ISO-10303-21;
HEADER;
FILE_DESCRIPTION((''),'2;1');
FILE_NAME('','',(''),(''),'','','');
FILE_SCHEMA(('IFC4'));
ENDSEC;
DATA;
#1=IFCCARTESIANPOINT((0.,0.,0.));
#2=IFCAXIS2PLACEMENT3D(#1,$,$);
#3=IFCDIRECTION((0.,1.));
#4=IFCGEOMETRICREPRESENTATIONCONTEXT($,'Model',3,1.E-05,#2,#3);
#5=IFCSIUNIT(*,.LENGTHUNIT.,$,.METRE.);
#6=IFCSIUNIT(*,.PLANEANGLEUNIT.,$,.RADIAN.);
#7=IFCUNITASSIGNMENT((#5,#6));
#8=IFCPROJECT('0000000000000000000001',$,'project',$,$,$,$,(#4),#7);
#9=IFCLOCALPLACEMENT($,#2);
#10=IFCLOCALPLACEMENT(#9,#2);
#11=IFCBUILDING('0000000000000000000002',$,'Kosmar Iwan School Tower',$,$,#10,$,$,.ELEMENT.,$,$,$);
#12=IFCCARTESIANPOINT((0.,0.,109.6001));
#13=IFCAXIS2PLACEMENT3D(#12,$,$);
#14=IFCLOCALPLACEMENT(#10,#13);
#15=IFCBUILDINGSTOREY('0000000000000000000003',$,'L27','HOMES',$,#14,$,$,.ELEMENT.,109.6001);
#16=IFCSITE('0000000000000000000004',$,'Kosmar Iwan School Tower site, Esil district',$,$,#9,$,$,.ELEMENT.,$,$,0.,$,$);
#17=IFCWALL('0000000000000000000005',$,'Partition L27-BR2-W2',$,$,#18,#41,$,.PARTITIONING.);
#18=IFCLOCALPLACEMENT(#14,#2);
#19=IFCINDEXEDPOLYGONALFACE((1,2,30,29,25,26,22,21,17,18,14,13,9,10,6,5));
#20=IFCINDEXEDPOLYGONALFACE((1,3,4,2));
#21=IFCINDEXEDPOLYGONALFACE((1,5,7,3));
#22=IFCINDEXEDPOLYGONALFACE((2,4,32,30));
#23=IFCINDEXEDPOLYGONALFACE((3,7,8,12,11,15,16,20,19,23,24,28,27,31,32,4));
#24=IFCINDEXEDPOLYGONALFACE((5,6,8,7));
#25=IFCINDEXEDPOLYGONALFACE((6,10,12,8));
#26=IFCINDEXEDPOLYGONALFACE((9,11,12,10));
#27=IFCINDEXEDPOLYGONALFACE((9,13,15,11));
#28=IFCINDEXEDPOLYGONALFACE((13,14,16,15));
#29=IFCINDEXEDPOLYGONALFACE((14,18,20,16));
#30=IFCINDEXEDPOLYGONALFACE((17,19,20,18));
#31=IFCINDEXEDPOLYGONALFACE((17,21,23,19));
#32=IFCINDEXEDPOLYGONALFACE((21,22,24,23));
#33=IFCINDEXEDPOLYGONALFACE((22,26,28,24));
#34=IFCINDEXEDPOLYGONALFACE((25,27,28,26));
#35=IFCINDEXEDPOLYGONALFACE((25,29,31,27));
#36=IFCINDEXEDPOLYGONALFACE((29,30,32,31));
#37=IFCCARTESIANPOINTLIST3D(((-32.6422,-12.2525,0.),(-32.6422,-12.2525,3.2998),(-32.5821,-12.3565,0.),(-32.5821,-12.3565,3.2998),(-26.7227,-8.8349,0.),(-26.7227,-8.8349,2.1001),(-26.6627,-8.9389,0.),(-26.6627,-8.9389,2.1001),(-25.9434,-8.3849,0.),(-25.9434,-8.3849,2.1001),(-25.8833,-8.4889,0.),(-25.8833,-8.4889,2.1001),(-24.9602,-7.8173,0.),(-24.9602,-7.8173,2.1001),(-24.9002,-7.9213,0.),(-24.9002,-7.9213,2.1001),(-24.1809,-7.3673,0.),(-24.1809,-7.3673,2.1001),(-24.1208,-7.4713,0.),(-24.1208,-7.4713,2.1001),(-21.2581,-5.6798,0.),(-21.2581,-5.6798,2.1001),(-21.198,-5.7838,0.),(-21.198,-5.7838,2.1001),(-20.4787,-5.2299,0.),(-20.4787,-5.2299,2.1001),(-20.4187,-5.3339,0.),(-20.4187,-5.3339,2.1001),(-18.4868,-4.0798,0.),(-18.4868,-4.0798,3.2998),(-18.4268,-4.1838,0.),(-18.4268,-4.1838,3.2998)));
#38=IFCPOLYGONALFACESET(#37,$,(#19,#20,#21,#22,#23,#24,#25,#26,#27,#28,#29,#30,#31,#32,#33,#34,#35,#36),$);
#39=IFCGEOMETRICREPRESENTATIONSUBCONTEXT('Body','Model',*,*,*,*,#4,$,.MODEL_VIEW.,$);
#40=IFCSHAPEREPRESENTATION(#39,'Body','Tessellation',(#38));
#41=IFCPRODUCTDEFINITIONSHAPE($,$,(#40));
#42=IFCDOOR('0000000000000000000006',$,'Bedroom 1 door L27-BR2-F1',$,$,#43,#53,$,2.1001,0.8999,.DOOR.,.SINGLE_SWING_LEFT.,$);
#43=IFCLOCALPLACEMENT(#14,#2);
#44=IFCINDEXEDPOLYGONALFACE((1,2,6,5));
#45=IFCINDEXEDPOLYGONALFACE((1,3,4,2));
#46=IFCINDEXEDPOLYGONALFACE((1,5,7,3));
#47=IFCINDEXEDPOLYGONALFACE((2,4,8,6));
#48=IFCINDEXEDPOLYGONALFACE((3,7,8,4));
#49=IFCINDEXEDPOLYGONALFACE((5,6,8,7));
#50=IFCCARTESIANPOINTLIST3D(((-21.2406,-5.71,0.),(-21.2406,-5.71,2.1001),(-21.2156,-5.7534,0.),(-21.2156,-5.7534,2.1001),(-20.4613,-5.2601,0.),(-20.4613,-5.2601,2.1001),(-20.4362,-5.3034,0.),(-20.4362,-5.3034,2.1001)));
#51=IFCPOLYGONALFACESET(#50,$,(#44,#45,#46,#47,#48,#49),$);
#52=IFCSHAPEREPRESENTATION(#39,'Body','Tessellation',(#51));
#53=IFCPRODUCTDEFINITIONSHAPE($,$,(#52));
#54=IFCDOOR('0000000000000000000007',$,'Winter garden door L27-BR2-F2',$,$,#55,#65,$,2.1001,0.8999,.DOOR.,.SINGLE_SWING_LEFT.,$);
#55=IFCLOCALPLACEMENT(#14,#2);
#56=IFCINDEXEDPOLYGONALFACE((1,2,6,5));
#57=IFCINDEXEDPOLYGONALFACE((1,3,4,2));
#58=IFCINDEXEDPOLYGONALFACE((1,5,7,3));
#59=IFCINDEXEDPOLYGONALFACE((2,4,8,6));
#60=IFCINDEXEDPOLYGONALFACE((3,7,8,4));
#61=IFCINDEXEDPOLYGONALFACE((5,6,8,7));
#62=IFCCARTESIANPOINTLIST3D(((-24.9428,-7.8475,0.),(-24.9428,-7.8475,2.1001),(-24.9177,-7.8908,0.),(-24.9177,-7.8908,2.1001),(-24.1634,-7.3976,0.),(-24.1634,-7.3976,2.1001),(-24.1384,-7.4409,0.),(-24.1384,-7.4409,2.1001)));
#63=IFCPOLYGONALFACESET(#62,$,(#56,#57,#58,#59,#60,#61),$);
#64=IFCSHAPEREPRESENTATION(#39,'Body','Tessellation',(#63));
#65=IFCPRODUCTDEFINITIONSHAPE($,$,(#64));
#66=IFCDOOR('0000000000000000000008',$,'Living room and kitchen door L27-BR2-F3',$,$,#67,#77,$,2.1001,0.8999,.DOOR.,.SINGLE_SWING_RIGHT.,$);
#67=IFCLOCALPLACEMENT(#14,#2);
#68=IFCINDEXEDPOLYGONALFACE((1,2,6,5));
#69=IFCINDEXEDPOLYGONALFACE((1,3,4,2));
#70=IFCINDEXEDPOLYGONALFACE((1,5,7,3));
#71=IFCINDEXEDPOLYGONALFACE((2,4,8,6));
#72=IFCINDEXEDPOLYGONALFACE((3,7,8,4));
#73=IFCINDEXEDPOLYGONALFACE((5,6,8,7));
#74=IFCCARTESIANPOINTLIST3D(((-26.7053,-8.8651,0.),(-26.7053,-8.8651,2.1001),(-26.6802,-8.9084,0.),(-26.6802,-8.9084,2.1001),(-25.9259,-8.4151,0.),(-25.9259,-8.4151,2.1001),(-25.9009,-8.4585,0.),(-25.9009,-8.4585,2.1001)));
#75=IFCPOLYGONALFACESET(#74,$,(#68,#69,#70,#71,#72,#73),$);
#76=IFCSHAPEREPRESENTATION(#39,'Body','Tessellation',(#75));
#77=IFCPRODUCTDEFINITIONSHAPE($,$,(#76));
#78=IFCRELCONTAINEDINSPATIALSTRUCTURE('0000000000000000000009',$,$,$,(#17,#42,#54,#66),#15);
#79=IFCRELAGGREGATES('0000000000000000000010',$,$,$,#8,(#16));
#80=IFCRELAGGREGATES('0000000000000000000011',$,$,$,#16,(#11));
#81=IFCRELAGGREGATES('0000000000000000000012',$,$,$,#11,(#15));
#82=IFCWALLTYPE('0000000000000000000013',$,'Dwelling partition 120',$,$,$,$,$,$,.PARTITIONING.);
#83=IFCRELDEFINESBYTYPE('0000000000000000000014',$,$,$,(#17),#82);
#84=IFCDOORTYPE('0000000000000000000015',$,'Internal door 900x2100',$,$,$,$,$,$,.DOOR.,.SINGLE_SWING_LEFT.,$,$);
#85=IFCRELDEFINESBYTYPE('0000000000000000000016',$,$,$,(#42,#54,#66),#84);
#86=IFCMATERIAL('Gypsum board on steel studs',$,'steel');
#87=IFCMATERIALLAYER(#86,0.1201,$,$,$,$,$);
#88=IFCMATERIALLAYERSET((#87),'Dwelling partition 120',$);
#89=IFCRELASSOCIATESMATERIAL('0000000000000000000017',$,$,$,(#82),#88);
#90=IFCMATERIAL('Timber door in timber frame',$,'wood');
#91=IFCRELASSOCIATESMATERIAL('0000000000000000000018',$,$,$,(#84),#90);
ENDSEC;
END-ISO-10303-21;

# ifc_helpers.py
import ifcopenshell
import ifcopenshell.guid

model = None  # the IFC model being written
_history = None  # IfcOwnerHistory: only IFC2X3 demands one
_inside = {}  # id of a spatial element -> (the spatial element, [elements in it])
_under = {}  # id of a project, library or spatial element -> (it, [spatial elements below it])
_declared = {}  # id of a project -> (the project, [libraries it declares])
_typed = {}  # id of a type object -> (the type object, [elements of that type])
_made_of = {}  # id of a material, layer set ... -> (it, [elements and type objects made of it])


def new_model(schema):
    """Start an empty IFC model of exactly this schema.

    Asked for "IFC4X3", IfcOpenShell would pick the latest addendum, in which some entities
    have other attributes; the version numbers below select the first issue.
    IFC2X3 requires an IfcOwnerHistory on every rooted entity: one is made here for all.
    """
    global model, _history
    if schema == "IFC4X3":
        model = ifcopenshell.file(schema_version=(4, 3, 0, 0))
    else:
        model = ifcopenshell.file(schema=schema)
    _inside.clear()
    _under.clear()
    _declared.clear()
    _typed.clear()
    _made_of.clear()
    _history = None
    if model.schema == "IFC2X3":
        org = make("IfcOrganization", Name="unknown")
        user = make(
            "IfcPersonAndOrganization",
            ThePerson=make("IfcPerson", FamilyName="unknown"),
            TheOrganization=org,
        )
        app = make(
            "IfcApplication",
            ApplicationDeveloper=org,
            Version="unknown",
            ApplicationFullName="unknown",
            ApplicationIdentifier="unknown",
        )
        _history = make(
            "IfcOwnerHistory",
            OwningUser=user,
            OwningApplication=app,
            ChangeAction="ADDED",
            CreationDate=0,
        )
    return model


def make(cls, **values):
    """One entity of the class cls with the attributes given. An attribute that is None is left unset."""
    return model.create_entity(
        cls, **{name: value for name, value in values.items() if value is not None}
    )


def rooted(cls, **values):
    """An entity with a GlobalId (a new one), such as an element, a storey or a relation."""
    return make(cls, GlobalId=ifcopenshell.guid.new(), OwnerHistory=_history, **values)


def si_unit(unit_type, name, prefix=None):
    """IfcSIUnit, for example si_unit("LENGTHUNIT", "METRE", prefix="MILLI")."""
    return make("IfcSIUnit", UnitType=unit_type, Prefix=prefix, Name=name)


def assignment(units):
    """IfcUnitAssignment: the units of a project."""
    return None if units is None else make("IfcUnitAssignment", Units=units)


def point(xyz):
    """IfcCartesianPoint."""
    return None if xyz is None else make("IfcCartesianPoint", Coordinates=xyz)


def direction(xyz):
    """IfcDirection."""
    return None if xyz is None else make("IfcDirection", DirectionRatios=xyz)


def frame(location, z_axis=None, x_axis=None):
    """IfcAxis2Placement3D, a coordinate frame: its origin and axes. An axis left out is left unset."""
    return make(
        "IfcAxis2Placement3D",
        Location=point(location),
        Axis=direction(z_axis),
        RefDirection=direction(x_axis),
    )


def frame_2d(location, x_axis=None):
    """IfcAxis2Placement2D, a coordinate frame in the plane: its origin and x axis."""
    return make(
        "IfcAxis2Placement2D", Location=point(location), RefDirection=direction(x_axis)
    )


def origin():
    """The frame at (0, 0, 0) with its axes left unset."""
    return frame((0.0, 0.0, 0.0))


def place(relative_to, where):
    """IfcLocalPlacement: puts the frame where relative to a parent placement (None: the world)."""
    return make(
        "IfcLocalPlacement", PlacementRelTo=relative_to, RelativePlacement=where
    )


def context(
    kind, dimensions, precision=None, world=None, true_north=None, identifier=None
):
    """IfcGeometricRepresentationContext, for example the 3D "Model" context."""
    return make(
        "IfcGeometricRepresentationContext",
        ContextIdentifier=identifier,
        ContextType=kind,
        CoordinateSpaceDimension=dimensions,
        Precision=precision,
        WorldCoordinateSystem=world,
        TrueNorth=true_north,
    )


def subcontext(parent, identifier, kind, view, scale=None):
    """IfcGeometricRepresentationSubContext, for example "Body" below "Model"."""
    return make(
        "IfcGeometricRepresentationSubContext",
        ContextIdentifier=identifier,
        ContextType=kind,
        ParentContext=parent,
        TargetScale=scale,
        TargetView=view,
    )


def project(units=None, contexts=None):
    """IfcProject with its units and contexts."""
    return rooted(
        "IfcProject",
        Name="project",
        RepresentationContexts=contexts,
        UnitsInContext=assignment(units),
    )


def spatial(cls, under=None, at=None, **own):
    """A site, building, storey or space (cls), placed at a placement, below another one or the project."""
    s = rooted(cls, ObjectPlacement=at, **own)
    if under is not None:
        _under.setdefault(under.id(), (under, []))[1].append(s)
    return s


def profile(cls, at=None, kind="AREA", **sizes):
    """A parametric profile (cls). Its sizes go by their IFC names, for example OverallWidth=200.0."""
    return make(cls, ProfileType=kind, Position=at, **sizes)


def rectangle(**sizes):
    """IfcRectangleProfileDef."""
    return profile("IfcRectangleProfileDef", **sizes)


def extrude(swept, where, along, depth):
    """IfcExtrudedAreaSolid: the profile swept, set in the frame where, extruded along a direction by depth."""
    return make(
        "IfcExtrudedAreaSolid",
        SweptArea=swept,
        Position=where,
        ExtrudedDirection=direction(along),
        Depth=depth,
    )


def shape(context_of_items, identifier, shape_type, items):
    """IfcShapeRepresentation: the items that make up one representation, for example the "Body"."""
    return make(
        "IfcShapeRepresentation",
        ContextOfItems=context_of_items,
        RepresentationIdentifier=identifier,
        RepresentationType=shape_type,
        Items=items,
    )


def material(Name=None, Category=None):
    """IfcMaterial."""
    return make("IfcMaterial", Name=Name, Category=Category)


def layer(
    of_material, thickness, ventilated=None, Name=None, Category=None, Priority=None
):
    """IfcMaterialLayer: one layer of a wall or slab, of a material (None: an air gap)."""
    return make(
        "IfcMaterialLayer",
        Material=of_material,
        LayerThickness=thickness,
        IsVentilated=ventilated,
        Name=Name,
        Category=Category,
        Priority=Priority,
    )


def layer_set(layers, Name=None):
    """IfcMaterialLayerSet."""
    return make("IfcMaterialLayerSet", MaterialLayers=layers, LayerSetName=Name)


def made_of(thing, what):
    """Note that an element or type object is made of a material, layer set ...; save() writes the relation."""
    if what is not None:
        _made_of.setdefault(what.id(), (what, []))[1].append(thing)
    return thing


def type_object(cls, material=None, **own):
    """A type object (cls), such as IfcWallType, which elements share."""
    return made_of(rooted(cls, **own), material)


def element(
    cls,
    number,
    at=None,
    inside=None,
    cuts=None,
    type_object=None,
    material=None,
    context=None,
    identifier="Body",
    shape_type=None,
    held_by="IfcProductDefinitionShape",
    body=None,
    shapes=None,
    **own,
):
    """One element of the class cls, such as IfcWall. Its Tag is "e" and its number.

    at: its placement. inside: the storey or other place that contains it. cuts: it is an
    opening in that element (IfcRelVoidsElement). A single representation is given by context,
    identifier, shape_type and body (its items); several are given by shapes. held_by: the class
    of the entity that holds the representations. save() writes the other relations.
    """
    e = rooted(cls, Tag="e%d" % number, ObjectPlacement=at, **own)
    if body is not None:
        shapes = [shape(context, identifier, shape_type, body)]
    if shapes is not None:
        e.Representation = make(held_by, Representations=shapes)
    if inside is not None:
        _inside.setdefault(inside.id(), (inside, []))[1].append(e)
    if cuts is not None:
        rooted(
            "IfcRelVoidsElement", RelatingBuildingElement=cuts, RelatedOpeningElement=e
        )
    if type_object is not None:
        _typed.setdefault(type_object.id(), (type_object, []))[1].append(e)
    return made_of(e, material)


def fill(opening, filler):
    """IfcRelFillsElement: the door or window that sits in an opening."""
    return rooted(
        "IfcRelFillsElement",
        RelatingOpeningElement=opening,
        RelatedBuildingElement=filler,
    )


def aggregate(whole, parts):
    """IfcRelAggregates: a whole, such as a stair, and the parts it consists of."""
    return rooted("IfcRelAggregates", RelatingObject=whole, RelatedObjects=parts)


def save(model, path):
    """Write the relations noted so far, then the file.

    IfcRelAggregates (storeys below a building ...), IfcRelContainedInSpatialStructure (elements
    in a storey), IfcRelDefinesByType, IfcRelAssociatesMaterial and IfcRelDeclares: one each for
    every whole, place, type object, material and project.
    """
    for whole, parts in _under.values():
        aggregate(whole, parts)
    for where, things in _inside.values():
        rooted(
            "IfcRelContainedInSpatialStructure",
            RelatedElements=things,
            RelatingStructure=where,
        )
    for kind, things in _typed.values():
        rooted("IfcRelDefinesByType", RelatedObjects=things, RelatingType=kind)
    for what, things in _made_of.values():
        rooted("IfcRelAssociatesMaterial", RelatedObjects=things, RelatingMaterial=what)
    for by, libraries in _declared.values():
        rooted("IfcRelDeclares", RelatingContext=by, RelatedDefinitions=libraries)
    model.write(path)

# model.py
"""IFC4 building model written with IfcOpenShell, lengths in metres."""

from ifc_helpers import new_model, si_unit, direction, frame, frame_2d, origin, place, context, subcontext, project, spatial, rectangle, extrude, material, layer, layer_set, type_object, element, fill, save


model = new_model("IFC4")

# Units and contexts
model_context = context("Model", 3, precision=1e-05, world=origin(), true_north=direction((0.0, 1.0)))
body_context = subcontext(model_context, "Body", "Model", "MODEL_VIEW")
ifc_project = project(units=[si_unit("LENGTHUNIT", "METRE"), si_unit("PLANEANGLEUNIT", "RADIAN")], contexts=[model_context])

# Site, building, storey
site_placement = place(None, origin())
site = spatial("IfcSite", under=ifc_project, at=site_placement, Name="Kosmar Iwan School Tower site, Esil district", CompositionType="ELEMENT", RefElevation=0.0)
building_placement = place(site_placement, origin())
building = spatial("IfcBuilding", under=site, at=building_placement, Name="Kosmar Iwan School Tower", CompositionType="ELEMENT")
storey_placement = place(building_placement, frame((0.0, 0.0, 109.6001)))
storey = spatial("IfcBuildingStorey", under=building, at=storey_placement, Name="L27", Description="HOMES", CompositionType="ELEMENT", Elevation=109.6001)

# Shared definitions
ifc_material_1 = material(Name="Gypsum board on steel studs", Category="steel")
ifc_layer = layer(ifc_material_1, 0.1201)
ifc_layer_set = layer_set([ifc_layer], Name="Dwelling partition 120")
wall_type = type_object("IfcWallType", Name="Dwelling partition 120", PredefinedType="PARTITIONING", material=ifc_layer_set)

# Wall, openings, doors
ifc_material_2 = material(Name="Timber door in timber frame", Category="wood")
door_type_1 = type_object("IfcDoorType", Name="Internal door 900x2100", OperationType="SINGLE_SWING_LEFT", PredefinedType="DOOR", material=ifc_material_2)
wall_1_placement = place(storey_placement, frame((-18.4568, -4.1318, 0.0), z_axis=(0.0, 0.0, 1.0), x_axis=(-0.866024, -0.500003, 0.0)))
wall_1 = element("IfcWall", 1, at=wall_1_placement, inside=storey, type_object=wall_type, Name="Partition L27-BR2-W2", PredefinedType="PARTITIONING", context=body_context, shape_type="SweptSolid", body=[
    extrude(rectangle(XDim=16.3452, YDim=0.1201, at=frame_2d((8.1726, 0.0))), origin(), (0.0, 0.0, 1.0), 3.2998),
])
opening_1_placement = place(wall_1_placement, frame((2.3, 0.0, 0.0)))
opening_1 = element("IfcOpeningElement", 2, at=opening_1_placement, cuts=wall_1, PredefinedType="OPENING", context=body_context, shape_type="SweptSolid", body=[
    extrude(rectangle(XDim=0.8999, YDim=2.1001, at=frame_2d((0.45, 1.05))), frame((0.0, 0.072, 0.0), z_axis=(0.0, -1.0, 0.0), x_axis=(1.0, 0.0, 0.0)), (0.0, 0.0, 1.0), 0.144),
])
opening_2_placement = place(wall_1_placement, frame((6.575, 0.0, 0.0)))
opening_2 = element("IfcOpeningElement", 3, at=opening_2_placement, cuts=wall_1, PredefinedType="OPENING", context=body_context, shape_type="SweptSolid", body=[
    extrude(rectangle(XDim=0.8999, YDim=2.1001, at=frame_2d((0.45, 1.05))), frame((0.0, 0.072, 0.0), z_axis=(0.0, -1.0, 0.0), x_axis=(1.0, 0.0, 0.0)), (0.0, 0.0, 1.0), 0.144),
])
opening_3_placement = place(wall_1_placement, frame((8.6101, 0.0, 0.0)))
opening_3 = element("IfcOpeningElement", 4, at=opening_3_placement, cuts=wall_1, PredefinedType="OPENING", context=body_context, shape_type="SweptSolid", body=[
    extrude(rectangle(XDim=0.8999, YDim=2.1001, at=frame_2d((0.45, 1.05))), frame((0.0, 0.072, 0.0), z_axis=(0.0, -1.0, 0.0), x_axis=(1.0, 0.0, 0.0)), (0.0, 0.0, 1.0), 0.144),
])
door_1_placement = place(opening_1_placement, origin())
door_1 = element("IfcDoor", 5, at=door_1_placement, inside=storey, type_object=door_type_1, Name="Bedroom 1 door L27-BR2-F1", OperationType="SINGLE_SWING_LEFT", OverallHeight=2.1001, OverallWidth=0.8999, PredefinedType="DOOR", context=body_context, shape_type="SweptSolid", body=[
    extrude(rectangle(XDim=0.8999, YDim=2.1001, at=frame_2d((0.45, 1.05))), frame((0.0, 0.0249, 0.0), z_axis=(0.0, -1.0, 0.0), x_axis=(1.0, 0.0, 0.0)), (0.0, 0.0, 1.0), 0.05),
])
fill(opening_1, door_1)
door_2_placement = place(opening_2_placement, origin())
door_2 = element("IfcDoor", 6, at=door_2_placement, inside=storey, type_object=door_type_1, Name="Winter garden door L27-BR2-F2", OperationType="SINGLE_SWING_LEFT", OverallHeight=2.1001, OverallWidth=0.8999, PredefinedType="DOOR", context=body_context, shape_type="SweptSolid", body=[
    extrude(rectangle(XDim=0.8999, YDim=2.1001, at=frame_2d((0.45, 1.05))), frame((0.0, 0.0249, 0.0), z_axis=(0.0, -1.0, 0.0), x_axis=(1.0, 0.0, 0.0)), (0.0, 0.0, 1.0), 0.05),
])
fill(opening_2, door_2)
door_3_placement = place(opening_3_placement, origin())
door_3 = element("IfcDoor", 7, at=door_3_placement, inside=storey, type_object=door_type_1, Name="Living room and kitchen door L27-BR2-F3", OperationType="SINGLE_SWING_RIGHT", OverallHeight=2.1001, OverallWidth=0.8999, PredefinedType="DOOR", context=body_context, shape_type="SweptSolid", body=[
    extrude(rectangle(XDim=0.8999, YDim=2.1001, at=frame_2d((0.45, 1.05))), frame((0.0, 0.0249, 0.0), z_axis=(0.0, -1.0, 0.0), x_axis=(1.0, 0.0, 0.0)), (0.0, 0.0, 1.0), 0.05),
])
fill(opening_3, door_3)

save(model, "model.ifc")
